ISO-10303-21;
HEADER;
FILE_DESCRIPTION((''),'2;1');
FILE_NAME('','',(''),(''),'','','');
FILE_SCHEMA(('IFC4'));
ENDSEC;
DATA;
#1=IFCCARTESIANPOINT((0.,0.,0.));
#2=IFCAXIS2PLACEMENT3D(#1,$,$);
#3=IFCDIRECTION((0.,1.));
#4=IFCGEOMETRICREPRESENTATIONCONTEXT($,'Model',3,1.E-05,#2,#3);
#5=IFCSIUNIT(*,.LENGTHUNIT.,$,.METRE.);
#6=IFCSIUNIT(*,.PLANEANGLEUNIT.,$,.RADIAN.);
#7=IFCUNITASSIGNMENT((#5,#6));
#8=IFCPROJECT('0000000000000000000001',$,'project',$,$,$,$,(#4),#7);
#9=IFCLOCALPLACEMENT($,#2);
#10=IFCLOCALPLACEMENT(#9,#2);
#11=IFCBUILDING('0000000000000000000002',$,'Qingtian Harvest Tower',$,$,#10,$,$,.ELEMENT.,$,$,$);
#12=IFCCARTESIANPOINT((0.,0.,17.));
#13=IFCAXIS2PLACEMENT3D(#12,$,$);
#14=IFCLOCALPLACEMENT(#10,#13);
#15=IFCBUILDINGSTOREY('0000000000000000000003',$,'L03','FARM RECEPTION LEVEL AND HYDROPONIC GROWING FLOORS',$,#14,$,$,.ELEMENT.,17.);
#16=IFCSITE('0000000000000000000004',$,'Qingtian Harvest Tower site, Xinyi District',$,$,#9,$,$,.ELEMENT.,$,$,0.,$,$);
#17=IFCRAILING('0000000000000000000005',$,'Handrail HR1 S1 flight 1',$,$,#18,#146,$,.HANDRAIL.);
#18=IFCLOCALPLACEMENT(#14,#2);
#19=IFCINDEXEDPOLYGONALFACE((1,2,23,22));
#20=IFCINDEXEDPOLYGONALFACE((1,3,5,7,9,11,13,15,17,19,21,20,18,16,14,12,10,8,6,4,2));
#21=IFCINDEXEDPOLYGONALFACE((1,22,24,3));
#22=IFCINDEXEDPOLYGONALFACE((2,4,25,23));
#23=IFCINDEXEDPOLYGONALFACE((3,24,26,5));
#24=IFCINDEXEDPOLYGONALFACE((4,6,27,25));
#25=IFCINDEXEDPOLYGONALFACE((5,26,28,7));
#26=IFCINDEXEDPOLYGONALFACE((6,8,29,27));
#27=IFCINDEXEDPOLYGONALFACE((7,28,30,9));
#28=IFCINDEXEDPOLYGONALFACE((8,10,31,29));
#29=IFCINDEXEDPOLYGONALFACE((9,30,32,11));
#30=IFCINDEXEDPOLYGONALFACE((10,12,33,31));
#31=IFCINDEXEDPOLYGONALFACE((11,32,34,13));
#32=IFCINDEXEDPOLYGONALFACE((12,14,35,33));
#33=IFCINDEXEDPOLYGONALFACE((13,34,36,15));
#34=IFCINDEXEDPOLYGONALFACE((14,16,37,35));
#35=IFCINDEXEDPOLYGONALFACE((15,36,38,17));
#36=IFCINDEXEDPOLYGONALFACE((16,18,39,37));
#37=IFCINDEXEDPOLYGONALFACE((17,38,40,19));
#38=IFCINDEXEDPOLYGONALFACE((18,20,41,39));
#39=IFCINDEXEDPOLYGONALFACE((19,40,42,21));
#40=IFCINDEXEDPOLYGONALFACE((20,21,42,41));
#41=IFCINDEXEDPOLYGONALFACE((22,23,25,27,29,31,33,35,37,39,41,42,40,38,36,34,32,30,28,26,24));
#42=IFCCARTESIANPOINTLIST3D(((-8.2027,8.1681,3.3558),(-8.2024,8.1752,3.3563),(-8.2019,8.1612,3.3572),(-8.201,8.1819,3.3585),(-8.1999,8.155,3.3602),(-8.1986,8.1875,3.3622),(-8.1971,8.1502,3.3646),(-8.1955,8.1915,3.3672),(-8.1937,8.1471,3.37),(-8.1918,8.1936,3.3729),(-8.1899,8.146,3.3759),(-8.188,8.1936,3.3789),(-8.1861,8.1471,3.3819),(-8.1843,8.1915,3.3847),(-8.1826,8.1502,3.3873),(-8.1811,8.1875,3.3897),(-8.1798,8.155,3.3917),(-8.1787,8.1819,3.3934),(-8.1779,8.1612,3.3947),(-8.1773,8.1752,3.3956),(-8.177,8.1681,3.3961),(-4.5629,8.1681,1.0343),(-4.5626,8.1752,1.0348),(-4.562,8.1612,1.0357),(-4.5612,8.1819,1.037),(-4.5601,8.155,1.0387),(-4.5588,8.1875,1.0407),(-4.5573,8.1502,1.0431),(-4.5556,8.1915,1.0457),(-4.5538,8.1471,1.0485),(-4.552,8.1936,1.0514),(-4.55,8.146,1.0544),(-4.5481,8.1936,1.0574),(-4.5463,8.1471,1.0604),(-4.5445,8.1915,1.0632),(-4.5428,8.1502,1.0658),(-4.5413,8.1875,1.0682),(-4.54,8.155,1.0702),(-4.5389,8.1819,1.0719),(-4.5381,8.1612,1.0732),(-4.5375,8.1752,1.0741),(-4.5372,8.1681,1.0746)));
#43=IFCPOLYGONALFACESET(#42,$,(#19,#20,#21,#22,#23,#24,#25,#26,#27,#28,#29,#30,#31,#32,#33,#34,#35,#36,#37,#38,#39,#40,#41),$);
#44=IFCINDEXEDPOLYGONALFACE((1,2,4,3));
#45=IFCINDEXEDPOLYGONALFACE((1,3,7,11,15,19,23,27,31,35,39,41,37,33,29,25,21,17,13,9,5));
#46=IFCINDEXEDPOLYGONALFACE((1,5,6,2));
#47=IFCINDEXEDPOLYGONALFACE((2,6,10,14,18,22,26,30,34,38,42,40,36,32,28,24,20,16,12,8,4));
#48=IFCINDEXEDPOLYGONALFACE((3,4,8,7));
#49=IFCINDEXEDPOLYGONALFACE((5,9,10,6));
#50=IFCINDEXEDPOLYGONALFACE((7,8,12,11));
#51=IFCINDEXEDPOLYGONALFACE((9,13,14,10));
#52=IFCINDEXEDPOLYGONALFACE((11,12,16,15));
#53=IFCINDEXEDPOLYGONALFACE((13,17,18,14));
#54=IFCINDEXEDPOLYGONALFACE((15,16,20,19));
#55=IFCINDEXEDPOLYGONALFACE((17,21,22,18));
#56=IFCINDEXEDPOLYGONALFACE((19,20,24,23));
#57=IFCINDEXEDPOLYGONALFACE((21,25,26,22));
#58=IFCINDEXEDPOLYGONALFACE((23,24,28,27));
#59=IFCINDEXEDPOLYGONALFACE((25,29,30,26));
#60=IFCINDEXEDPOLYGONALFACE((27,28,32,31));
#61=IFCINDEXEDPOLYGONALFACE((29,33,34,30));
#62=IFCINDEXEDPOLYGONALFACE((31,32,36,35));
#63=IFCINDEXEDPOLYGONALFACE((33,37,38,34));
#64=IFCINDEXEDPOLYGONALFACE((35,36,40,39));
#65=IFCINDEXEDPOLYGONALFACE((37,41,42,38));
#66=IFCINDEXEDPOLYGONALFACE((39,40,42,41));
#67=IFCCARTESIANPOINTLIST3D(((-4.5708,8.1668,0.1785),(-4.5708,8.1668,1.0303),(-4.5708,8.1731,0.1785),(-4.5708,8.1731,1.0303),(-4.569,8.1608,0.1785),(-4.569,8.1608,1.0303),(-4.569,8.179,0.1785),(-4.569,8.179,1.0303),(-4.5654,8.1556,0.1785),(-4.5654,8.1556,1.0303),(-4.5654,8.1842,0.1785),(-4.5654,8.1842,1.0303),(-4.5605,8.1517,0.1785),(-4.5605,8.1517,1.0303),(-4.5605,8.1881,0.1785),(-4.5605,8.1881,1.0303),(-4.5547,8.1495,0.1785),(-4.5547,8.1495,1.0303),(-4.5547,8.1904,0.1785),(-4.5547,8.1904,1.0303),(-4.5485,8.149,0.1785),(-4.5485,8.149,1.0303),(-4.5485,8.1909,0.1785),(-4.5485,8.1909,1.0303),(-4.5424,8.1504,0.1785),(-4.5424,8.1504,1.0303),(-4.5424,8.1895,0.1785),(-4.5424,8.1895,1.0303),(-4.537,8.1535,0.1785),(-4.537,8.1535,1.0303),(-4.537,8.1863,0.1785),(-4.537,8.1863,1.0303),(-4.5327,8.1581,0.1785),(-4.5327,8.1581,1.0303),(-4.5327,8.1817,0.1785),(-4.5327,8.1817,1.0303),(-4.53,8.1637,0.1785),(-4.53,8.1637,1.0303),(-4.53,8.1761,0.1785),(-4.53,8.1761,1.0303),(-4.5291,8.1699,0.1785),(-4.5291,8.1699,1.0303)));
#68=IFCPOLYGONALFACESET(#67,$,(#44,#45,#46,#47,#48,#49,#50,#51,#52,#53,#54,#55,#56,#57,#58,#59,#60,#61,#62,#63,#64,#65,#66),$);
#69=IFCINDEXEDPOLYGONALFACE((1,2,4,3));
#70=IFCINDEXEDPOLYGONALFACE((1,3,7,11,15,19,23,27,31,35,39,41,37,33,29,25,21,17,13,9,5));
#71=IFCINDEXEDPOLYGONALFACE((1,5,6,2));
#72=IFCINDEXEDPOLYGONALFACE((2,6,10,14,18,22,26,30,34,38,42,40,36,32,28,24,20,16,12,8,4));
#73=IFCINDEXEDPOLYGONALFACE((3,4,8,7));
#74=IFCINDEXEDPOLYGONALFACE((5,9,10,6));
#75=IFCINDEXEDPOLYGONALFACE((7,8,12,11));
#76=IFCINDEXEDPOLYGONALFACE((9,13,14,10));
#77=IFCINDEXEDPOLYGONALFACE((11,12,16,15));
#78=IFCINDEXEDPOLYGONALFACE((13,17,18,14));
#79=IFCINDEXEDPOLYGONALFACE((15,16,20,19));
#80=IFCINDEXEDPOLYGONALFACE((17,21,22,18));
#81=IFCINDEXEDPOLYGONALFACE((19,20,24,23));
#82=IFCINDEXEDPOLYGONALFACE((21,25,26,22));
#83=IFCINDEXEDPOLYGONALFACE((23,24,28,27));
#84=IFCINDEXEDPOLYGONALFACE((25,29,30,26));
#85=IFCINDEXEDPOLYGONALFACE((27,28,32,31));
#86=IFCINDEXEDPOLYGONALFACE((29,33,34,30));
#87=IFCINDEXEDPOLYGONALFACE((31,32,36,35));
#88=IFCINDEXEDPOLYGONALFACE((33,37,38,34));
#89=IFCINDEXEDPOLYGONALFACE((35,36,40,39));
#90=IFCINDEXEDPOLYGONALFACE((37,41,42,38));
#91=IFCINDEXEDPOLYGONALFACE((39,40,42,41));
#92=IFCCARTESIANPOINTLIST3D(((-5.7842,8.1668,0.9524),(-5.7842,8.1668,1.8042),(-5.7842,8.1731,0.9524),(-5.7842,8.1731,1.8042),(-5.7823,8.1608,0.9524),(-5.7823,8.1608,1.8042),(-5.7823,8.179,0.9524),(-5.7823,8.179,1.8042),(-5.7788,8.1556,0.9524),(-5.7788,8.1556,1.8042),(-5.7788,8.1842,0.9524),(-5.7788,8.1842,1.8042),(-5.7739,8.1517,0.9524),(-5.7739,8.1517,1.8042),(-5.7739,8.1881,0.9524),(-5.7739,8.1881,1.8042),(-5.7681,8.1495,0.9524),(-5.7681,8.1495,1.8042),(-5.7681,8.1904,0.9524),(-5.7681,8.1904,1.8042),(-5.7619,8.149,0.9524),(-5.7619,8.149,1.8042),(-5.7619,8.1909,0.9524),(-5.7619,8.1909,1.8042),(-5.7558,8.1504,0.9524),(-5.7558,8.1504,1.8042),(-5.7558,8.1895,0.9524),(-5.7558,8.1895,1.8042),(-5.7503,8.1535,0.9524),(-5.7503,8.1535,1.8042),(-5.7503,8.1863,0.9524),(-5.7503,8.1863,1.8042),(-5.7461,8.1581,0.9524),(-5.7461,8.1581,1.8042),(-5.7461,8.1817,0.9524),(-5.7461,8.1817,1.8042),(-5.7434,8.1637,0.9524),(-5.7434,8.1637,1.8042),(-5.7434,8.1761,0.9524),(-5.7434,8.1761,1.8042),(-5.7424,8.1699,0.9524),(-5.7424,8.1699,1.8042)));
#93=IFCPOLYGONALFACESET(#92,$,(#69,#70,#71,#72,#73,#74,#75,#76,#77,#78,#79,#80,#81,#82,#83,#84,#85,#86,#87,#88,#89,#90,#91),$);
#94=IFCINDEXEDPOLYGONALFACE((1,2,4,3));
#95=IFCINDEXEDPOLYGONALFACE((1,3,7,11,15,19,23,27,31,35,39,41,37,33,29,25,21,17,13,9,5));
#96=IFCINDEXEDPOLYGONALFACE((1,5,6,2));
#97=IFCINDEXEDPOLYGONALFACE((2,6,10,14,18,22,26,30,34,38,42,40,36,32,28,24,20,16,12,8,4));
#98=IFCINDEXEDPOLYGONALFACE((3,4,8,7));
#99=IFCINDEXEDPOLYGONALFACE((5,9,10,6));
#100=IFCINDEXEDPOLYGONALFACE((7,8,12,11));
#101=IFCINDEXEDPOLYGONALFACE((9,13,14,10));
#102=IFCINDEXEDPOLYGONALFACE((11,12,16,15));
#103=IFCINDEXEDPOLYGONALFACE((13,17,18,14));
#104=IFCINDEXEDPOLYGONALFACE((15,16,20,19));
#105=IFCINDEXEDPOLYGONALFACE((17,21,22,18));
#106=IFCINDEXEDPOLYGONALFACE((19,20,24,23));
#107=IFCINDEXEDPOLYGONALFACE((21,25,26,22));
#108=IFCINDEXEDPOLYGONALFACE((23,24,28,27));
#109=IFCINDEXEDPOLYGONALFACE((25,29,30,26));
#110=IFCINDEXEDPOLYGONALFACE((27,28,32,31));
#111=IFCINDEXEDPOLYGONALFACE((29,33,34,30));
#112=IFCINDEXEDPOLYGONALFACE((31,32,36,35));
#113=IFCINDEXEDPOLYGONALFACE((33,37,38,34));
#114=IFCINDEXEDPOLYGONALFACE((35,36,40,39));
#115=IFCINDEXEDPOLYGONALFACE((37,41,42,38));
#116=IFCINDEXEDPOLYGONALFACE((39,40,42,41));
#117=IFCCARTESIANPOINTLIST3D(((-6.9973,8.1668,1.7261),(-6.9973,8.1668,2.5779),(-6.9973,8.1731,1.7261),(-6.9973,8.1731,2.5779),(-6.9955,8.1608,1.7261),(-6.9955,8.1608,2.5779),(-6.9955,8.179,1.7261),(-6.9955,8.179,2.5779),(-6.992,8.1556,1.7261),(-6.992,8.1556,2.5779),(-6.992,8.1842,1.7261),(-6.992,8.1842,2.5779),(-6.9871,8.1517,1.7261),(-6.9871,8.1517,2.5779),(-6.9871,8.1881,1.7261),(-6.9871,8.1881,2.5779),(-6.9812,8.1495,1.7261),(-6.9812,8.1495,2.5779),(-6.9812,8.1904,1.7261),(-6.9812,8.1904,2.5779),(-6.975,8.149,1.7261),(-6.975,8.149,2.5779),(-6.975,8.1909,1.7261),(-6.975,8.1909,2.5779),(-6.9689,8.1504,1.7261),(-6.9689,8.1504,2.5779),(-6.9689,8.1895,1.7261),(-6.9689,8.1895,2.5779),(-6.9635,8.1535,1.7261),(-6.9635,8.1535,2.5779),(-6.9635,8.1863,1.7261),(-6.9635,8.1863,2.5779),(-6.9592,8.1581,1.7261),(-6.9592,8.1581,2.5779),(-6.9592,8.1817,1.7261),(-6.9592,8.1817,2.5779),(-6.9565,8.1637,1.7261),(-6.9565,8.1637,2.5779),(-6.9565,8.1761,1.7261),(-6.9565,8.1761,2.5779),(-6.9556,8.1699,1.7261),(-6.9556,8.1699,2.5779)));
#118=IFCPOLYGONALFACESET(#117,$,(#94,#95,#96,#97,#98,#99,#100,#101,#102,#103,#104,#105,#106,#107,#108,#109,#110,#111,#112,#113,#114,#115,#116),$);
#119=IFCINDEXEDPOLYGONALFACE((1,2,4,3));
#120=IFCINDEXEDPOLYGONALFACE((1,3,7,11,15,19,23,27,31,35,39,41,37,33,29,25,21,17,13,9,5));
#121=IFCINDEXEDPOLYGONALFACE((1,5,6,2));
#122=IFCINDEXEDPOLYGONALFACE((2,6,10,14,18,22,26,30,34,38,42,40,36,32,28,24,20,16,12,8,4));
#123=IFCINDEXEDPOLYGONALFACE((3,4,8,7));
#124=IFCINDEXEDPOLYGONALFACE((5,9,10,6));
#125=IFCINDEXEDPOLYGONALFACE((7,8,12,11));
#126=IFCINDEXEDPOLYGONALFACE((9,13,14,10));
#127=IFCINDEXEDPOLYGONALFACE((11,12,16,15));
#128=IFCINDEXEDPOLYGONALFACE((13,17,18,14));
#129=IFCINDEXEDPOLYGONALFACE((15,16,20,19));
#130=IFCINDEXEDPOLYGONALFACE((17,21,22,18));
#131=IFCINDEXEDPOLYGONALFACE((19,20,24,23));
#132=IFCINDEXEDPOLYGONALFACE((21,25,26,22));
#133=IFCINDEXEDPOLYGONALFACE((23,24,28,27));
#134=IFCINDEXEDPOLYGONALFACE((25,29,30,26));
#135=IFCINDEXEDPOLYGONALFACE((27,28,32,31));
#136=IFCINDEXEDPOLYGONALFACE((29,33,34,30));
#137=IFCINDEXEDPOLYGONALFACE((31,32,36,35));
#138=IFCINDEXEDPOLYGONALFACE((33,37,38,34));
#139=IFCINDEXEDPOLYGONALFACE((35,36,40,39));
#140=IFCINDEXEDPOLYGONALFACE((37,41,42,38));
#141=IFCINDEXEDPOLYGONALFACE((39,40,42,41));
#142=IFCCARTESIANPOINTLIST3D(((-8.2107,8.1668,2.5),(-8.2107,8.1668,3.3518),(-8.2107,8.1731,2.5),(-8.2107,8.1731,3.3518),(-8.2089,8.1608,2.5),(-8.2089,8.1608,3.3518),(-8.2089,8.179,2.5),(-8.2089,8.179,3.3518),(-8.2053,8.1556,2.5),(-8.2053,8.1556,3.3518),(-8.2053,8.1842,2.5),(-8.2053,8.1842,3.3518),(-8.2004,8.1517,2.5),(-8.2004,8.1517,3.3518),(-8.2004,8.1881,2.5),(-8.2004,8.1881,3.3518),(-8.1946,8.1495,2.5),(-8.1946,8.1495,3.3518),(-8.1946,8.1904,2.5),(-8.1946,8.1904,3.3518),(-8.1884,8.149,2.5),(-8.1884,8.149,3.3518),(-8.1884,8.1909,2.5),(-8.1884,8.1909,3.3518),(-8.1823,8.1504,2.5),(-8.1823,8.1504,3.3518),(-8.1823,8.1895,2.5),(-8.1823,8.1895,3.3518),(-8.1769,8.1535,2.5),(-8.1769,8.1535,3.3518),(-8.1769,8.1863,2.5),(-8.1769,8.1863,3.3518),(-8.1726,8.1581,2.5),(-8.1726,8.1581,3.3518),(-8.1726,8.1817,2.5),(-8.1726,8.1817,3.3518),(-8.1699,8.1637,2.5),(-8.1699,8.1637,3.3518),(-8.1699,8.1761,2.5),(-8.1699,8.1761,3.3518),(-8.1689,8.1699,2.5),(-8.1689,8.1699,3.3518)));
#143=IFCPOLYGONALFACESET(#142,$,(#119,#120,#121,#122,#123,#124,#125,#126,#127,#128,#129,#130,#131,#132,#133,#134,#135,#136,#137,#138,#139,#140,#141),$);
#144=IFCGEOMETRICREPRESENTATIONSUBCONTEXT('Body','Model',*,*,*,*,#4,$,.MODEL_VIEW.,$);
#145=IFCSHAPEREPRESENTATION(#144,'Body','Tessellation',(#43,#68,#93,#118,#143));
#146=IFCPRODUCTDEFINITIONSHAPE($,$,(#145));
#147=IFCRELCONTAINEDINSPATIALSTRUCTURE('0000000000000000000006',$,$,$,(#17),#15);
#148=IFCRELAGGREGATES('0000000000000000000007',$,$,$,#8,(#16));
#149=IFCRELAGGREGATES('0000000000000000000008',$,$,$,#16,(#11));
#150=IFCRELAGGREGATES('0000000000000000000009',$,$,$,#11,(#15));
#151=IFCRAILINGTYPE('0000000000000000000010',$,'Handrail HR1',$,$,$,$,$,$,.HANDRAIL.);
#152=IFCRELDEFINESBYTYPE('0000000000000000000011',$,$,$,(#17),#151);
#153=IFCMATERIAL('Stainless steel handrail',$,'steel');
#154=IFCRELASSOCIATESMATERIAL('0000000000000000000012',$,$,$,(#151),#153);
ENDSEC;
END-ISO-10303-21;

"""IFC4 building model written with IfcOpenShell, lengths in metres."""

from ifc_helpers import new_model, si_unit, direction, frame, origin, origin_2d, place, context, subcontext, project, spatial, circle, extrude, material, type_object, element, save


model = new_model("IFC4")

# Units and contexts
model_context = context("Model", 3, precision=1e-05, world=origin(), true_north=direction((0.0, 1.0)))
body_context = subcontext(model_context, "Body", "Model", "MODEL_VIEW")
ifc_project = project(units=[si_unit("LENGTHUNIT", "METRE"), si_unit("PLANEANGLEUNIT", "RADIAN")], contexts=[model_context])

# Site, building, storey
site_placement = place(None, origin())
site = spatial("IfcSite", under=ifc_project, at=site_placement, Name="Qingtian Harvest Tower site, Xinyi District", CompositionType="ELEMENT", RefElevation=0.0)
building_placement = place(site_placement, origin())
building = spatial("IfcBuilding", under=site, at=building_placement, Name="Qingtian Harvest Tower", CompositionType="ELEMENT")
storey_placement = place(building_placement, frame((0.0, 0.0, 17.0)))
storey = spatial("IfcBuildingStorey", under=building, at=storey_placement, Name="L03", Description="FARM RECEPTION LEVEL AND HYDROPONIC GROWING FLOORS", CompositionType="ELEMENT", Elevation=17.0)

# Railing
ifc_material_1 = material(Name="Stainless steel handrail", Category="steel")
railing_type = type_object("IfcRailingType", Name="Handrail HR1", PredefinedType="HANDRAIL", material=ifc_material_1)
railing_1_placement = place(storey_placement, frame((-4.55, 8.1699, 0.1785)))
element("IfcRailing", 1, at=railing_1_placement, inside=storey, type_object=railing_type, Name="Handrail HR1 S1 flight 1", PredefinedType="HANDRAIL", context=body_context, shape_type="SweptSolid", body=[
    extrude(circle(Radius=0.0239, at=origin_2d()), frame((0.0, 0.0, 0.876), z_axis=(-0.843112, 0.0, 0.537739), x_axis=(0.0, -1.0, 0.0)), (0.0, 0.0, 1.0), 4.3171),
    extrude(circle(Radius=0.021, at=origin_2d()), origin(), (0.0, 0.0, 1.0), 0.8518),
    extrude(circle(Radius=0.021, at=origin_2d()), frame((-1.2134, 0.0, 0.7739)), (0.0, 0.0, 1.0), 0.8518),
    extrude(circle(Radius=0.021, at=origin_2d()), frame((-2.4265, 0.0, 1.5476)), (0.0, 0.0, 1.0), 0.8518),
    extrude(circle(Radius=0.021, at=origin_2d()), frame((-3.6399, 0.0, 2.3215)), (0.0, 0.0, 1.0), 0.8518),
])

save(model, "model.ifc")
